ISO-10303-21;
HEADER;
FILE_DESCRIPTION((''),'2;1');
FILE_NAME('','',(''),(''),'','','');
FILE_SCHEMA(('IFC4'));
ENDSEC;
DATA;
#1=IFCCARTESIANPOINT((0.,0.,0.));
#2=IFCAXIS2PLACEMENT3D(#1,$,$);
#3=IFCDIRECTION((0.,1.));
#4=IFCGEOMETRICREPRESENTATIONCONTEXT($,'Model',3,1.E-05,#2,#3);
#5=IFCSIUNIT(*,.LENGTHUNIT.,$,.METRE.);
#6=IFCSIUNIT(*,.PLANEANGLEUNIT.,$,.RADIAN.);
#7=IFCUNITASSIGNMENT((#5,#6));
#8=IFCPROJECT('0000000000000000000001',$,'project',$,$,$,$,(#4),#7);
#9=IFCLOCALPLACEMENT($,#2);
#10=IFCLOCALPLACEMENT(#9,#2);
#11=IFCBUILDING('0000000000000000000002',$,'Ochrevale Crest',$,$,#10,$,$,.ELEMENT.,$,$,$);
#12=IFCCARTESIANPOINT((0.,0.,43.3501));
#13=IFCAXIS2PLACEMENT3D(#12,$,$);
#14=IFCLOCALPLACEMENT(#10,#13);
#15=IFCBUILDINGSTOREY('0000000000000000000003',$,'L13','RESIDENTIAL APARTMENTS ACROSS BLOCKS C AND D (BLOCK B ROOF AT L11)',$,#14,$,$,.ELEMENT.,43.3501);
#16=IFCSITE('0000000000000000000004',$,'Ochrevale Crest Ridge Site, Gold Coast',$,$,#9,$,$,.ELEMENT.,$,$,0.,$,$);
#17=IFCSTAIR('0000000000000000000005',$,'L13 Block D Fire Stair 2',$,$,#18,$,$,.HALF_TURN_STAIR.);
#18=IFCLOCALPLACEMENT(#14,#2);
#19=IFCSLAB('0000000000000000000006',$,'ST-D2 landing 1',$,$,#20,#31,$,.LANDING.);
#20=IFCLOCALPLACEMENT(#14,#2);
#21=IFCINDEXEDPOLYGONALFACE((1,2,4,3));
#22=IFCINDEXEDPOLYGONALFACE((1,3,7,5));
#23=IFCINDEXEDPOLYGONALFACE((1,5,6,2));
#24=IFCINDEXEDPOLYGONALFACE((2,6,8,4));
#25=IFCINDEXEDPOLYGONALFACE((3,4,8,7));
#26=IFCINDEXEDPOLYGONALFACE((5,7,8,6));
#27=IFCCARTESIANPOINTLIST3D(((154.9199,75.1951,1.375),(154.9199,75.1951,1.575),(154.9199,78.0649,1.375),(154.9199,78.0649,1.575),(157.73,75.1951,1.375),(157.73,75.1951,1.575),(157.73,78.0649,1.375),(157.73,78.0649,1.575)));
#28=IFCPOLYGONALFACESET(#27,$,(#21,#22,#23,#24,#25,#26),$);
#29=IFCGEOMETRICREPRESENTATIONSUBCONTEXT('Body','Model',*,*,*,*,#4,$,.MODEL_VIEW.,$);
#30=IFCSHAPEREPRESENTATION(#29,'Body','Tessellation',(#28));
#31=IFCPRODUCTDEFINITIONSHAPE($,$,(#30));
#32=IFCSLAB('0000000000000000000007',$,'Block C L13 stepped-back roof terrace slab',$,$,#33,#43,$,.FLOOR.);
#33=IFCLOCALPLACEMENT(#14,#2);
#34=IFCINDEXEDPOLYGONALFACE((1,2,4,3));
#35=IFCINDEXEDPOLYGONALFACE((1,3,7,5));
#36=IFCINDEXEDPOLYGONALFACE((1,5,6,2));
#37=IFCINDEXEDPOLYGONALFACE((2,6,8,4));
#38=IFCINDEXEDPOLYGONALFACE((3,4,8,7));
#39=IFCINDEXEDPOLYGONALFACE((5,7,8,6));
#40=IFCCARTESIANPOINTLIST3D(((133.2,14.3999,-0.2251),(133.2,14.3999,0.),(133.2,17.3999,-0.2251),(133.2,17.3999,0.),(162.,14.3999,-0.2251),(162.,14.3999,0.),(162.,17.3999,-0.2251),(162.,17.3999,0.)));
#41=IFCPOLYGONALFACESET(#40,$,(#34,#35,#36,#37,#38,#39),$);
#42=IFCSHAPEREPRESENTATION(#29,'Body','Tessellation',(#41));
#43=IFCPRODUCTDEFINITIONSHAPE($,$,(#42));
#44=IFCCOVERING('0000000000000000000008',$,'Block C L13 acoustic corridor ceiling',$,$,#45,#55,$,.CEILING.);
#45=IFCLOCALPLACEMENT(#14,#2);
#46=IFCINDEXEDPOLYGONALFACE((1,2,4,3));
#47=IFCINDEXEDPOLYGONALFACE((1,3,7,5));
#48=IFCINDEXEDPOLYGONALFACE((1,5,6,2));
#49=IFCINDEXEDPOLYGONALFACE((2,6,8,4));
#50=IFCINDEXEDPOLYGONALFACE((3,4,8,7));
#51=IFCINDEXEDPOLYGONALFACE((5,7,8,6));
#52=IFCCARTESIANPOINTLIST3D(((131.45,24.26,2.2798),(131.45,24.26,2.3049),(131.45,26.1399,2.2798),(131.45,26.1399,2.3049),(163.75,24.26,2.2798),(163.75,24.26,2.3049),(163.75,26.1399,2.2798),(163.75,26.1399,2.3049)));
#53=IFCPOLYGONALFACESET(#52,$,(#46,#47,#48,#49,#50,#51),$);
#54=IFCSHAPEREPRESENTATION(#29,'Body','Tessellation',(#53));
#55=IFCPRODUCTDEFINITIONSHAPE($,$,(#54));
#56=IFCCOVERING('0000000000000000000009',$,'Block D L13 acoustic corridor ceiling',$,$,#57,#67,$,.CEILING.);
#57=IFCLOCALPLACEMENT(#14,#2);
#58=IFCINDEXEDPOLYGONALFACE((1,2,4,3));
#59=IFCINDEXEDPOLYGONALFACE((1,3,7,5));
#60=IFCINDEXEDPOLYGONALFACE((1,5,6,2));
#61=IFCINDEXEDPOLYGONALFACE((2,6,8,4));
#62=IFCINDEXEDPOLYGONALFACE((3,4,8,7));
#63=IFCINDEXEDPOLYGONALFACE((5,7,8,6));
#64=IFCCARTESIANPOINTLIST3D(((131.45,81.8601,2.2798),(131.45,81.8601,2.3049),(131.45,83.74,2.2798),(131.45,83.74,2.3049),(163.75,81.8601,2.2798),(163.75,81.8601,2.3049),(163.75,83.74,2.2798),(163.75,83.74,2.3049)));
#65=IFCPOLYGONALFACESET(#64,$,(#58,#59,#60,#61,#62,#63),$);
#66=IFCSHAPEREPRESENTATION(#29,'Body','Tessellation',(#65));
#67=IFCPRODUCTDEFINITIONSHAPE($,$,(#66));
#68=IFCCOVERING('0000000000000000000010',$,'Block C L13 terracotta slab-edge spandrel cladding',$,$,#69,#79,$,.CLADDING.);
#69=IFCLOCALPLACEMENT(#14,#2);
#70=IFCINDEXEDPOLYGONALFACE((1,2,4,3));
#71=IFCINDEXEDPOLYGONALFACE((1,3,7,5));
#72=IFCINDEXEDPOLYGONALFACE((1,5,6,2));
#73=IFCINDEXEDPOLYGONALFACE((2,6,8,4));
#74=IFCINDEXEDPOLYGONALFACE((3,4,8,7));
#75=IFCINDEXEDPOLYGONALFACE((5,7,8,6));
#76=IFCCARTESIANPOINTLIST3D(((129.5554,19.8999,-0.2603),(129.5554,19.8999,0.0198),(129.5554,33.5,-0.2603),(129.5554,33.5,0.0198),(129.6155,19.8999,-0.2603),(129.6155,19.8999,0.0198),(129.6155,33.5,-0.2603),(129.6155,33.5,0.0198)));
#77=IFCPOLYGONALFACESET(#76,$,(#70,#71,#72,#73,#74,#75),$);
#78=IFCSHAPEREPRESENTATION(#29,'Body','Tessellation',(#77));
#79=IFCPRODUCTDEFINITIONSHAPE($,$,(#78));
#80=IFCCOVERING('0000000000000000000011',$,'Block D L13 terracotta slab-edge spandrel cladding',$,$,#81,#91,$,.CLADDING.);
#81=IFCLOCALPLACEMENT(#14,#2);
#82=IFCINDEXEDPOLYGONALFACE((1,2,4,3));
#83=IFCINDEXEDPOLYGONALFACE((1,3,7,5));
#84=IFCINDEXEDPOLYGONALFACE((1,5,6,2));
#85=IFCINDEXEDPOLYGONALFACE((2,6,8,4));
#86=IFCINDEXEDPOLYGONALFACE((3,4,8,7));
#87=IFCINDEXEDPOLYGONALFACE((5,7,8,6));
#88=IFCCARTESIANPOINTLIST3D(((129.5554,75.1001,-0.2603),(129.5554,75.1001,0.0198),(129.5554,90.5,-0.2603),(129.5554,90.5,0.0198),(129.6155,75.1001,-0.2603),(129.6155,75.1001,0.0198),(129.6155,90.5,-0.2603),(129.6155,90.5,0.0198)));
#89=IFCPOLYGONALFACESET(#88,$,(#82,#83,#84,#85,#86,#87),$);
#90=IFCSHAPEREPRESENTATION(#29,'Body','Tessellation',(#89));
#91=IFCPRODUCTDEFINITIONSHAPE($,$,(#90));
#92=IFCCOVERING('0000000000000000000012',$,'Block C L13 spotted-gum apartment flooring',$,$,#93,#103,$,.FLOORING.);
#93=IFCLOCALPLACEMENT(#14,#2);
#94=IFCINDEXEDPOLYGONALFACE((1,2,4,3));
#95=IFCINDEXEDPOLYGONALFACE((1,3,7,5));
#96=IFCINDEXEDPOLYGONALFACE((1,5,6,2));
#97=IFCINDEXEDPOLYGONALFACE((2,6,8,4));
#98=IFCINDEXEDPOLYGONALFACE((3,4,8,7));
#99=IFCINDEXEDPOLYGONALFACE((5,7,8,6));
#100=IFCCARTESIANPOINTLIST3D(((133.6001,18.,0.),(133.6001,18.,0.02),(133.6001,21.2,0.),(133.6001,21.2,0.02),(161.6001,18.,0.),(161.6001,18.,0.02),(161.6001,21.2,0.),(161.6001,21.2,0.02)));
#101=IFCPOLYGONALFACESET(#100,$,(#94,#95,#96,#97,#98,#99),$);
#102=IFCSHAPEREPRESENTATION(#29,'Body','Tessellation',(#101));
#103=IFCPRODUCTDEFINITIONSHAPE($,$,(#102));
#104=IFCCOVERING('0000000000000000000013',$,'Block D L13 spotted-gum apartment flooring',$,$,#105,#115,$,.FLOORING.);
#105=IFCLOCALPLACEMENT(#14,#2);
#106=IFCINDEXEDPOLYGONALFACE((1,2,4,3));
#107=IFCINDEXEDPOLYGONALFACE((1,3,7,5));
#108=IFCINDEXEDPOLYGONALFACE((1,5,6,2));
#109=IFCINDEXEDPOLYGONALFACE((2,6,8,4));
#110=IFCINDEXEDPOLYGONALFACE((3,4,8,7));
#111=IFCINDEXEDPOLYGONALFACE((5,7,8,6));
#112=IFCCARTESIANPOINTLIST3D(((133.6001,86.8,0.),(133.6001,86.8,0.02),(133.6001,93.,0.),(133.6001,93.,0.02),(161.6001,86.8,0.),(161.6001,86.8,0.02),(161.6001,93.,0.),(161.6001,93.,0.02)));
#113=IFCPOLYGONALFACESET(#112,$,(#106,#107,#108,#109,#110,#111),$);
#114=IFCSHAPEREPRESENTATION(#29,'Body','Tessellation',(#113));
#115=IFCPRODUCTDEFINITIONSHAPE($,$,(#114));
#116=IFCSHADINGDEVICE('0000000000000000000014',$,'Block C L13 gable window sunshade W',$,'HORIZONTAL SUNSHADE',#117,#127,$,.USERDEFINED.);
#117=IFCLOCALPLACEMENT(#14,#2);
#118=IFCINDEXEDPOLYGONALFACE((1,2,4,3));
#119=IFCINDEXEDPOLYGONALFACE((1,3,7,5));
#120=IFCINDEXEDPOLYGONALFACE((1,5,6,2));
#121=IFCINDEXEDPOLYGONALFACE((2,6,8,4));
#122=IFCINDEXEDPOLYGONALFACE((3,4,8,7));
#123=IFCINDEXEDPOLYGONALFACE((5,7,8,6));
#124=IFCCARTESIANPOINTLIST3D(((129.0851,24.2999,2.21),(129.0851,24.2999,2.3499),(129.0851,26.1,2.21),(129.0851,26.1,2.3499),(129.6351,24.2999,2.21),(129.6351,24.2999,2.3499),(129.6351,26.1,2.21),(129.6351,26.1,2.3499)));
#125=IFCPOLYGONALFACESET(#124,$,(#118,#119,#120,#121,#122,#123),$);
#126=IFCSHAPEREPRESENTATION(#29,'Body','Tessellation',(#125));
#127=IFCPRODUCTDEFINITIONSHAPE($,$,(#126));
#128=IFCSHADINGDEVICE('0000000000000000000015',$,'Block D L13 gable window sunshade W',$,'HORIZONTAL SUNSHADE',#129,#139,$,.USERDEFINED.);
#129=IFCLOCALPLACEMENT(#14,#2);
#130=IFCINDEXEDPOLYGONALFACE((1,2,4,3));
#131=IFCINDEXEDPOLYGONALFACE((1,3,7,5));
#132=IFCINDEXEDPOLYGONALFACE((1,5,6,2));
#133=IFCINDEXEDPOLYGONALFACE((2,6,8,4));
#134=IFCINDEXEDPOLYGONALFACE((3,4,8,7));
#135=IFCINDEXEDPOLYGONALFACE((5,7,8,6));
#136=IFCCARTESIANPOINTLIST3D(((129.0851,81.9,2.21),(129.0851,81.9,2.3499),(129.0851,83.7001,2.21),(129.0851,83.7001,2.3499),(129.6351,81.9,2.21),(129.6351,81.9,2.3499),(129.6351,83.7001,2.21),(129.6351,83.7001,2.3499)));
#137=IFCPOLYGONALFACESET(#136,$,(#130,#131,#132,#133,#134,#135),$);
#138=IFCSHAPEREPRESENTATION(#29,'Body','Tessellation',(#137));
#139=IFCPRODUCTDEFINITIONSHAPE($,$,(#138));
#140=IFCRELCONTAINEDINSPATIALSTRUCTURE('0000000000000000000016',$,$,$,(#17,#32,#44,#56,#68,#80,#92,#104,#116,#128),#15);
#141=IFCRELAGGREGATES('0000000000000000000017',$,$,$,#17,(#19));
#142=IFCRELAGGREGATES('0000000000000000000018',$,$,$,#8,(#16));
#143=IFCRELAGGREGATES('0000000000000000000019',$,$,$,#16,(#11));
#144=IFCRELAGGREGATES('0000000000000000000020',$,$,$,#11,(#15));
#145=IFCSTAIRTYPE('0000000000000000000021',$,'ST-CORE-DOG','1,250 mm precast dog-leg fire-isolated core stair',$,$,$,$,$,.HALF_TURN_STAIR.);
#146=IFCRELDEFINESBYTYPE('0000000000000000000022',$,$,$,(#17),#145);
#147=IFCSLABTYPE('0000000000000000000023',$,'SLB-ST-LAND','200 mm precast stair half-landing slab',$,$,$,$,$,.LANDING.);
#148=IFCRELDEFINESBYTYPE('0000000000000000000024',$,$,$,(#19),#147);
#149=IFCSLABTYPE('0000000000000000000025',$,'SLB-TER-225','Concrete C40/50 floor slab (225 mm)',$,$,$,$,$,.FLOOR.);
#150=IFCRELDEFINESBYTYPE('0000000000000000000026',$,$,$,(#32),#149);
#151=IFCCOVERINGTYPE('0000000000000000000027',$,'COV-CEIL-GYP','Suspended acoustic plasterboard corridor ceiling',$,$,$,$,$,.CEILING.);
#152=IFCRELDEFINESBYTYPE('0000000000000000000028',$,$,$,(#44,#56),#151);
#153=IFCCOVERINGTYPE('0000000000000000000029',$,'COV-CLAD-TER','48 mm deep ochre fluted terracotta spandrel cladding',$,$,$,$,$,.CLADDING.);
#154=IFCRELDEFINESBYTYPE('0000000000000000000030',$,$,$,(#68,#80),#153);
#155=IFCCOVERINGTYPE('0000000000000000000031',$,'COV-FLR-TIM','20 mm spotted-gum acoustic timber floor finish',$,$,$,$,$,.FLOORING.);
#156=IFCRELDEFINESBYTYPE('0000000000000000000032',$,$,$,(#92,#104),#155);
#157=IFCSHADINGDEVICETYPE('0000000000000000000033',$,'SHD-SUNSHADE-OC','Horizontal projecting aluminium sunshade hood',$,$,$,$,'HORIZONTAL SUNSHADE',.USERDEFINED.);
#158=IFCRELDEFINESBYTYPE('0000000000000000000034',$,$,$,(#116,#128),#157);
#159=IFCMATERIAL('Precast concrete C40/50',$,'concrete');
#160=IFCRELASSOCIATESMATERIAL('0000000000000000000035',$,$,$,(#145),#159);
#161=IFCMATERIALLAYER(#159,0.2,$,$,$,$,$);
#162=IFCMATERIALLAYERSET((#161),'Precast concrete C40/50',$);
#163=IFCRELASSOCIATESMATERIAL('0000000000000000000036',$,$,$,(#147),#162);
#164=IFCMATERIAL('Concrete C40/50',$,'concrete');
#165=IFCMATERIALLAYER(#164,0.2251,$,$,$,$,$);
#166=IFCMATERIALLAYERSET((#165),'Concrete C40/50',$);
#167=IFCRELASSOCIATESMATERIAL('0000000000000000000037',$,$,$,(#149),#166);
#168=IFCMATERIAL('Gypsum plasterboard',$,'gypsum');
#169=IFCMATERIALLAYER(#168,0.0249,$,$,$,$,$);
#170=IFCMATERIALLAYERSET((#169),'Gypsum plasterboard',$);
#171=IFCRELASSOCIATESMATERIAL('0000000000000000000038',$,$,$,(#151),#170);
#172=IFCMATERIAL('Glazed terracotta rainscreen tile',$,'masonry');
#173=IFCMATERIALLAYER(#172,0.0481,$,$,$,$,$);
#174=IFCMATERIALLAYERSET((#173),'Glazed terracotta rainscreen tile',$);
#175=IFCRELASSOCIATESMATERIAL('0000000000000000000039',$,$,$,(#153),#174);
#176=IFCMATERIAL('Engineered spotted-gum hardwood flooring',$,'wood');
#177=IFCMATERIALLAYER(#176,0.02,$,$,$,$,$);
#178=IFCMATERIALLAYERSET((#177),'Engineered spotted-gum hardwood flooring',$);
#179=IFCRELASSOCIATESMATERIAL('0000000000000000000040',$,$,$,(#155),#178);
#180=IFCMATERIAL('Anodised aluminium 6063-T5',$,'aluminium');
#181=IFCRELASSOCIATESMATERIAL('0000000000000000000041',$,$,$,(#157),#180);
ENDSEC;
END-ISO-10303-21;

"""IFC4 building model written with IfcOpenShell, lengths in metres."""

from ifc_helpers import new_model, si_unit, direction, frame, origin, origin_2d, place, context, subcontext, project, spatial, polyline, rectangle, outline, extrude, material, layer, layer_set, type_object, element, aggregate, save


model = new_model("IFC4")

# Units and contexts
model_context = context("Model", 3, precision=1e-05, world=origin(), true_north=direction((0.0, 1.0)))
body_context = subcontext(model_context, "Body", "Model", "MODEL_VIEW")
ifc_project = project(units=[si_unit("LENGTHUNIT", "METRE"), si_unit("PLANEANGLEUNIT", "RADIAN")], contexts=[model_context])

# Site, building, storey
site_placement = place(None, origin())
site = spatial("IfcSite", under=ifc_project, at=site_placement, Name="Ochrevale Crest Ridge Site, Gold Coast", CompositionType="ELEMENT", RefElevation=0.0)
building_placement = place(site_placement, origin())
building = spatial("IfcBuilding", under=site, at=building_placement, Name="Ochrevale Crest", CompositionType="ELEMENT")
storey_placement = place(building_placement, frame((0.0, 0.0, 43.3501)))
storey = spatial("IfcBuildingStorey", under=building, at=storey_placement, Name="L13", Description="RESIDENTIAL APARTMENTS ACROSS BLOCKS C AND D (BLOCK B ROOF AT L11)", CompositionType="ELEMENT", Elevation=43.3501)

# Shared definitions
ifc_material_1 = material(Name="Precast concrete C40/50", Category="concrete")

# Shared definitions
ifc_material_2 = material(Name="Anodised aluminium 6063-T5", Category="aluminium")

# Stair, slab
stair_type = type_object("IfcStairType", Name="ST-CORE-DOG", Description="1,250 mm precast dog-leg fire-isolated core stair", PredefinedType="HALF_TURN_STAIR", material=ifc_material_1)
ifc_layer_1 = layer(ifc_material_1, 0.2)
ifc_layer_set_1 = layer_set([ifc_layer_1], Name="Precast concrete C40/50")
slab_type_1 = type_object("IfcSlabType", Name="SLB-ST-LAND", Description="200 mm precast stair half-landing slab", PredefinedType="LANDING", material=ifc_layer_set_1)
stair_1_placement = place(storey_placement, origin())
stair_1 = element("IfcStair", 1, at=stair_1_placement, inside=storey, type_object=stair_type, Name="L13 Block D Fire Stair 2", PredefinedType="HALF_TURN_STAIR")
slab_1_placement = place(storey_placement, frame((0.0, 0.0, 1.375)))
slab_1 = element("IfcSlab", 2, at=slab_1_placement, type_object=slab_type_1, Name="ST-D2 landing 1", PredefinedType="LANDING", context=body_context, shape_type="SweptSolid", body=[
    extrude(outline(polyline([(154.9199, 78.0649), (154.9199, 75.1951), (157.73, 75.1951), (157.73, 78.0649), (154.9199, 78.0649)])), origin(), (0.0, 0.0, 1.0), 0.2),
])
aggregate(stair_1, [slab_1])

# Slab
ifc_material_3 = material(Name="Concrete C40/50", Category="concrete")
ifc_layer_2 = layer(ifc_material_3, 0.2251)
ifc_layer_set_2 = layer_set([ifc_layer_2], Name="Concrete C40/50")
slab_type_2 = type_object("IfcSlabType", Name="SLB-TER-225", Description="Concrete C40/50 floor slab (225 mm)", PredefinedType="FLOOR", material=ifc_layer_set_2)
slab_2_placement = place(storey_placement, frame((0.0, 0.0, -0.2251)))
element("IfcSlab", 3, at=slab_2_placement, inside=storey, type_object=slab_type_2, Name="Block C L13 stepped-back roof terrace slab", PredefinedType="FLOOR", context=body_context, shape_type="SweptSolid", body=[
    extrude(outline(polyline([(133.2, 14.3999), (162.0, 14.3999), (162.0, 17.3999), (133.2, 17.3999), (133.2, 14.3999)])), origin(), (0.0, 0.0, 1.0), 0.2251),
])

# Coverings
ifc_material_4 = material(Name="Gypsum plasterboard", Category="gypsum")
ifc_layer_3 = layer(ifc_material_4, 0.0249)
ifc_layer_set_3 = layer_set([ifc_layer_3], Name="Gypsum plasterboard")
covering_type_1 = type_object("IfcCoveringType", Name="COV-CEIL-GYP", Description="Suspended acoustic plasterboard corridor ceiling", PredefinedType="CEILING", material=ifc_layer_set_3)
covering_1_placement = place(storey_placement, frame((0.0, 0.0, 2.2798)))
element("IfcCovering", 4, at=covering_1_placement, inside=storey, type_object=covering_type_1, Name="Block C L13 acoustic corridor ceiling", PredefinedType="CEILING", context=body_context, shape_type="SweptSolid", body=[
    extrude(outline(polyline([(131.45, 24.26), (163.75, 24.26), (163.75, 26.1399), (131.45, 26.1399), (131.45, 24.26)])), origin(), (0.0, 0.0, 1.0), 0.0251),
])
covering_2_placement = place(storey_placement, frame((0.0, 0.0, 2.2798)))
element("IfcCovering", 5, at=covering_2_placement, inside=storey, type_object=covering_type_1, Name="Block D L13 acoustic corridor ceiling", PredefinedType="CEILING", context=body_context, shape_type="SweptSolid", body=[
    extrude(outline(polyline([(131.45, 81.8601), (163.75, 81.8601), (163.75, 83.74), (131.45, 83.74), (131.45, 81.8601)])), origin(), (0.0, 0.0, 1.0), 0.0251),
])
ifc_material_5 = material(Name="Glazed terracotta rainscreen tile", Category="masonry")
ifc_layer_4 = layer(ifc_material_5, 0.0481)
ifc_layer_set_4 = layer_set([ifc_layer_4], Name="Glazed terracotta rainscreen tile")
covering_type_2 = type_object("IfcCoveringType", Name="COV-CLAD-TER", Description="48 mm deep ochre fluted terracotta spandrel cladding", PredefinedType="CLADDING", material=ifc_layer_set_4)
covering_3_placement = place(storey_placement, frame((129.5854, 26.7, -0.2603), z_axis=(0.0, 0.0, 1.0), x_axis=(0.0, -1.0, 0.0)))
element("IfcCovering", 6, at=covering_3_placement, inside=storey, type_object=covering_type_2, Name="Block C L13 terracotta slab-edge spandrel cladding", PredefinedType="CLADDING", context=body_context, shape_type="SweptSolid", body=[
    extrude(rectangle(XDim=13.6001, YDim=0.0601, at=origin_2d()), origin(), (0.0, 0.0, 1.0), 0.28),
])
covering_4_placement = place(storey_placement, frame((129.5854, 82.8, -0.2603), z_axis=(0.0, 0.0, 1.0), x_axis=(0.0, -1.0, 0.0)))
element("IfcCovering", 7, at=covering_4_placement, inside=storey, type_object=covering_type_2, Name="Block D L13 terracotta slab-edge spandrel cladding", PredefinedType="CLADDING", context=body_context, shape_type="SweptSolid", body=[
    extrude(rectangle(XDim=15.3999, YDim=0.0601, at=origin_2d()), origin(), (0.0, 0.0, 1.0), 0.28),
])
ifc_material_6 = material(Name="Engineered spotted-gum hardwood flooring", Category="wood")
ifc_layer_5 = layer(ifc_material_6, 0.02)
ifc_layer_set_5 = layer_set([ifc_layer_5], Name="Engineered spotted-gum hardwood flooring")
covering_type_3 = type_object("IfcCoveringType", Name="COV-FLR-TIM", Description="20 mm spotted-gum acoustic timber floor finish", PredefinedType="FLOORING", material=ifc_layer_set_5)
covering_5_placement = place(storey_placement, origin())
element("IfcCovering", 8, at=covering_5_placement, inside=storey, type_object=covering_type_3, Name="Block C L13 spotted-gum apartment flooring", PredefinedType="FLOORING", context=body_context, shape_type="SweptSolid", body=[
    extrude(outline(polyline([(133.6001, 18.0), (161.6001, 18.0), (161.6001, 21.2), (133.6001, 21.2), (133.6001, 18.0)])), origin(), (0.0, 0.0, 1.0), 0.02),
])
covering_6_placement = place(storey_placement, origin())
element("IfcCovering", 9, at=covering_6_placement, inside=storey, type_object=covering_type_3, Name="Block D L13 spotted-gum apartment flooring", PredefinedType="FLOORING", context=body_context, shape_type="SweptSolid", body=[
    extrude(outline(polyline([(133.6001, 86.8), (161.6001, 86.8), (161.6001, 93.0), (133.6001, 93.0), (133.6001, 86.8)])), origin(), (0.0, 0.0, 1.0), 0.02),
])

# Shading devices
shading_device_type = type_object("IfcShadingDeviceType", Name="SHD-SUNSHADE-OC", Description="Horizontal projecting aluminium sunshade hood", ElementType="HORIZONTAL SUNSHADE", PredefinedType="USERDEFINED", material=ifc_material_2)
for number, where, z_axis, x_axis, name in (
    (10, (129.3601, 25.2, 2.21), (0.0, 0.0, 1.0), (1.0, 0.0, 0.0), "Block C L13 gable window sunshade W"),
    (11, (129.3601, 82.8, 2.21), (0.0, 0.0, 1.0), (1.0, 0.0, 0.0), "Block D L13 gable window sunshade W"),
):
    element("IfcShadingDevice", number, at=place(storey_placement, frame(where, z_axis=z_axis, x_axis=x_axis)), inside=storey, type_object=shading_device_type, Name=name, ObjectType="HORIZONTAL SUNSHADE", PredefinedType="USERDEFINED", context=body_context, shape_type="SweptSolid", body=[
        extrude(rectangle(XDim=0.55, YDim=1.8, at=origin_2d()), origin(), (0.0, 0.0, 1.0), 0.1399),
    ])

save(model, "model.ifc")
